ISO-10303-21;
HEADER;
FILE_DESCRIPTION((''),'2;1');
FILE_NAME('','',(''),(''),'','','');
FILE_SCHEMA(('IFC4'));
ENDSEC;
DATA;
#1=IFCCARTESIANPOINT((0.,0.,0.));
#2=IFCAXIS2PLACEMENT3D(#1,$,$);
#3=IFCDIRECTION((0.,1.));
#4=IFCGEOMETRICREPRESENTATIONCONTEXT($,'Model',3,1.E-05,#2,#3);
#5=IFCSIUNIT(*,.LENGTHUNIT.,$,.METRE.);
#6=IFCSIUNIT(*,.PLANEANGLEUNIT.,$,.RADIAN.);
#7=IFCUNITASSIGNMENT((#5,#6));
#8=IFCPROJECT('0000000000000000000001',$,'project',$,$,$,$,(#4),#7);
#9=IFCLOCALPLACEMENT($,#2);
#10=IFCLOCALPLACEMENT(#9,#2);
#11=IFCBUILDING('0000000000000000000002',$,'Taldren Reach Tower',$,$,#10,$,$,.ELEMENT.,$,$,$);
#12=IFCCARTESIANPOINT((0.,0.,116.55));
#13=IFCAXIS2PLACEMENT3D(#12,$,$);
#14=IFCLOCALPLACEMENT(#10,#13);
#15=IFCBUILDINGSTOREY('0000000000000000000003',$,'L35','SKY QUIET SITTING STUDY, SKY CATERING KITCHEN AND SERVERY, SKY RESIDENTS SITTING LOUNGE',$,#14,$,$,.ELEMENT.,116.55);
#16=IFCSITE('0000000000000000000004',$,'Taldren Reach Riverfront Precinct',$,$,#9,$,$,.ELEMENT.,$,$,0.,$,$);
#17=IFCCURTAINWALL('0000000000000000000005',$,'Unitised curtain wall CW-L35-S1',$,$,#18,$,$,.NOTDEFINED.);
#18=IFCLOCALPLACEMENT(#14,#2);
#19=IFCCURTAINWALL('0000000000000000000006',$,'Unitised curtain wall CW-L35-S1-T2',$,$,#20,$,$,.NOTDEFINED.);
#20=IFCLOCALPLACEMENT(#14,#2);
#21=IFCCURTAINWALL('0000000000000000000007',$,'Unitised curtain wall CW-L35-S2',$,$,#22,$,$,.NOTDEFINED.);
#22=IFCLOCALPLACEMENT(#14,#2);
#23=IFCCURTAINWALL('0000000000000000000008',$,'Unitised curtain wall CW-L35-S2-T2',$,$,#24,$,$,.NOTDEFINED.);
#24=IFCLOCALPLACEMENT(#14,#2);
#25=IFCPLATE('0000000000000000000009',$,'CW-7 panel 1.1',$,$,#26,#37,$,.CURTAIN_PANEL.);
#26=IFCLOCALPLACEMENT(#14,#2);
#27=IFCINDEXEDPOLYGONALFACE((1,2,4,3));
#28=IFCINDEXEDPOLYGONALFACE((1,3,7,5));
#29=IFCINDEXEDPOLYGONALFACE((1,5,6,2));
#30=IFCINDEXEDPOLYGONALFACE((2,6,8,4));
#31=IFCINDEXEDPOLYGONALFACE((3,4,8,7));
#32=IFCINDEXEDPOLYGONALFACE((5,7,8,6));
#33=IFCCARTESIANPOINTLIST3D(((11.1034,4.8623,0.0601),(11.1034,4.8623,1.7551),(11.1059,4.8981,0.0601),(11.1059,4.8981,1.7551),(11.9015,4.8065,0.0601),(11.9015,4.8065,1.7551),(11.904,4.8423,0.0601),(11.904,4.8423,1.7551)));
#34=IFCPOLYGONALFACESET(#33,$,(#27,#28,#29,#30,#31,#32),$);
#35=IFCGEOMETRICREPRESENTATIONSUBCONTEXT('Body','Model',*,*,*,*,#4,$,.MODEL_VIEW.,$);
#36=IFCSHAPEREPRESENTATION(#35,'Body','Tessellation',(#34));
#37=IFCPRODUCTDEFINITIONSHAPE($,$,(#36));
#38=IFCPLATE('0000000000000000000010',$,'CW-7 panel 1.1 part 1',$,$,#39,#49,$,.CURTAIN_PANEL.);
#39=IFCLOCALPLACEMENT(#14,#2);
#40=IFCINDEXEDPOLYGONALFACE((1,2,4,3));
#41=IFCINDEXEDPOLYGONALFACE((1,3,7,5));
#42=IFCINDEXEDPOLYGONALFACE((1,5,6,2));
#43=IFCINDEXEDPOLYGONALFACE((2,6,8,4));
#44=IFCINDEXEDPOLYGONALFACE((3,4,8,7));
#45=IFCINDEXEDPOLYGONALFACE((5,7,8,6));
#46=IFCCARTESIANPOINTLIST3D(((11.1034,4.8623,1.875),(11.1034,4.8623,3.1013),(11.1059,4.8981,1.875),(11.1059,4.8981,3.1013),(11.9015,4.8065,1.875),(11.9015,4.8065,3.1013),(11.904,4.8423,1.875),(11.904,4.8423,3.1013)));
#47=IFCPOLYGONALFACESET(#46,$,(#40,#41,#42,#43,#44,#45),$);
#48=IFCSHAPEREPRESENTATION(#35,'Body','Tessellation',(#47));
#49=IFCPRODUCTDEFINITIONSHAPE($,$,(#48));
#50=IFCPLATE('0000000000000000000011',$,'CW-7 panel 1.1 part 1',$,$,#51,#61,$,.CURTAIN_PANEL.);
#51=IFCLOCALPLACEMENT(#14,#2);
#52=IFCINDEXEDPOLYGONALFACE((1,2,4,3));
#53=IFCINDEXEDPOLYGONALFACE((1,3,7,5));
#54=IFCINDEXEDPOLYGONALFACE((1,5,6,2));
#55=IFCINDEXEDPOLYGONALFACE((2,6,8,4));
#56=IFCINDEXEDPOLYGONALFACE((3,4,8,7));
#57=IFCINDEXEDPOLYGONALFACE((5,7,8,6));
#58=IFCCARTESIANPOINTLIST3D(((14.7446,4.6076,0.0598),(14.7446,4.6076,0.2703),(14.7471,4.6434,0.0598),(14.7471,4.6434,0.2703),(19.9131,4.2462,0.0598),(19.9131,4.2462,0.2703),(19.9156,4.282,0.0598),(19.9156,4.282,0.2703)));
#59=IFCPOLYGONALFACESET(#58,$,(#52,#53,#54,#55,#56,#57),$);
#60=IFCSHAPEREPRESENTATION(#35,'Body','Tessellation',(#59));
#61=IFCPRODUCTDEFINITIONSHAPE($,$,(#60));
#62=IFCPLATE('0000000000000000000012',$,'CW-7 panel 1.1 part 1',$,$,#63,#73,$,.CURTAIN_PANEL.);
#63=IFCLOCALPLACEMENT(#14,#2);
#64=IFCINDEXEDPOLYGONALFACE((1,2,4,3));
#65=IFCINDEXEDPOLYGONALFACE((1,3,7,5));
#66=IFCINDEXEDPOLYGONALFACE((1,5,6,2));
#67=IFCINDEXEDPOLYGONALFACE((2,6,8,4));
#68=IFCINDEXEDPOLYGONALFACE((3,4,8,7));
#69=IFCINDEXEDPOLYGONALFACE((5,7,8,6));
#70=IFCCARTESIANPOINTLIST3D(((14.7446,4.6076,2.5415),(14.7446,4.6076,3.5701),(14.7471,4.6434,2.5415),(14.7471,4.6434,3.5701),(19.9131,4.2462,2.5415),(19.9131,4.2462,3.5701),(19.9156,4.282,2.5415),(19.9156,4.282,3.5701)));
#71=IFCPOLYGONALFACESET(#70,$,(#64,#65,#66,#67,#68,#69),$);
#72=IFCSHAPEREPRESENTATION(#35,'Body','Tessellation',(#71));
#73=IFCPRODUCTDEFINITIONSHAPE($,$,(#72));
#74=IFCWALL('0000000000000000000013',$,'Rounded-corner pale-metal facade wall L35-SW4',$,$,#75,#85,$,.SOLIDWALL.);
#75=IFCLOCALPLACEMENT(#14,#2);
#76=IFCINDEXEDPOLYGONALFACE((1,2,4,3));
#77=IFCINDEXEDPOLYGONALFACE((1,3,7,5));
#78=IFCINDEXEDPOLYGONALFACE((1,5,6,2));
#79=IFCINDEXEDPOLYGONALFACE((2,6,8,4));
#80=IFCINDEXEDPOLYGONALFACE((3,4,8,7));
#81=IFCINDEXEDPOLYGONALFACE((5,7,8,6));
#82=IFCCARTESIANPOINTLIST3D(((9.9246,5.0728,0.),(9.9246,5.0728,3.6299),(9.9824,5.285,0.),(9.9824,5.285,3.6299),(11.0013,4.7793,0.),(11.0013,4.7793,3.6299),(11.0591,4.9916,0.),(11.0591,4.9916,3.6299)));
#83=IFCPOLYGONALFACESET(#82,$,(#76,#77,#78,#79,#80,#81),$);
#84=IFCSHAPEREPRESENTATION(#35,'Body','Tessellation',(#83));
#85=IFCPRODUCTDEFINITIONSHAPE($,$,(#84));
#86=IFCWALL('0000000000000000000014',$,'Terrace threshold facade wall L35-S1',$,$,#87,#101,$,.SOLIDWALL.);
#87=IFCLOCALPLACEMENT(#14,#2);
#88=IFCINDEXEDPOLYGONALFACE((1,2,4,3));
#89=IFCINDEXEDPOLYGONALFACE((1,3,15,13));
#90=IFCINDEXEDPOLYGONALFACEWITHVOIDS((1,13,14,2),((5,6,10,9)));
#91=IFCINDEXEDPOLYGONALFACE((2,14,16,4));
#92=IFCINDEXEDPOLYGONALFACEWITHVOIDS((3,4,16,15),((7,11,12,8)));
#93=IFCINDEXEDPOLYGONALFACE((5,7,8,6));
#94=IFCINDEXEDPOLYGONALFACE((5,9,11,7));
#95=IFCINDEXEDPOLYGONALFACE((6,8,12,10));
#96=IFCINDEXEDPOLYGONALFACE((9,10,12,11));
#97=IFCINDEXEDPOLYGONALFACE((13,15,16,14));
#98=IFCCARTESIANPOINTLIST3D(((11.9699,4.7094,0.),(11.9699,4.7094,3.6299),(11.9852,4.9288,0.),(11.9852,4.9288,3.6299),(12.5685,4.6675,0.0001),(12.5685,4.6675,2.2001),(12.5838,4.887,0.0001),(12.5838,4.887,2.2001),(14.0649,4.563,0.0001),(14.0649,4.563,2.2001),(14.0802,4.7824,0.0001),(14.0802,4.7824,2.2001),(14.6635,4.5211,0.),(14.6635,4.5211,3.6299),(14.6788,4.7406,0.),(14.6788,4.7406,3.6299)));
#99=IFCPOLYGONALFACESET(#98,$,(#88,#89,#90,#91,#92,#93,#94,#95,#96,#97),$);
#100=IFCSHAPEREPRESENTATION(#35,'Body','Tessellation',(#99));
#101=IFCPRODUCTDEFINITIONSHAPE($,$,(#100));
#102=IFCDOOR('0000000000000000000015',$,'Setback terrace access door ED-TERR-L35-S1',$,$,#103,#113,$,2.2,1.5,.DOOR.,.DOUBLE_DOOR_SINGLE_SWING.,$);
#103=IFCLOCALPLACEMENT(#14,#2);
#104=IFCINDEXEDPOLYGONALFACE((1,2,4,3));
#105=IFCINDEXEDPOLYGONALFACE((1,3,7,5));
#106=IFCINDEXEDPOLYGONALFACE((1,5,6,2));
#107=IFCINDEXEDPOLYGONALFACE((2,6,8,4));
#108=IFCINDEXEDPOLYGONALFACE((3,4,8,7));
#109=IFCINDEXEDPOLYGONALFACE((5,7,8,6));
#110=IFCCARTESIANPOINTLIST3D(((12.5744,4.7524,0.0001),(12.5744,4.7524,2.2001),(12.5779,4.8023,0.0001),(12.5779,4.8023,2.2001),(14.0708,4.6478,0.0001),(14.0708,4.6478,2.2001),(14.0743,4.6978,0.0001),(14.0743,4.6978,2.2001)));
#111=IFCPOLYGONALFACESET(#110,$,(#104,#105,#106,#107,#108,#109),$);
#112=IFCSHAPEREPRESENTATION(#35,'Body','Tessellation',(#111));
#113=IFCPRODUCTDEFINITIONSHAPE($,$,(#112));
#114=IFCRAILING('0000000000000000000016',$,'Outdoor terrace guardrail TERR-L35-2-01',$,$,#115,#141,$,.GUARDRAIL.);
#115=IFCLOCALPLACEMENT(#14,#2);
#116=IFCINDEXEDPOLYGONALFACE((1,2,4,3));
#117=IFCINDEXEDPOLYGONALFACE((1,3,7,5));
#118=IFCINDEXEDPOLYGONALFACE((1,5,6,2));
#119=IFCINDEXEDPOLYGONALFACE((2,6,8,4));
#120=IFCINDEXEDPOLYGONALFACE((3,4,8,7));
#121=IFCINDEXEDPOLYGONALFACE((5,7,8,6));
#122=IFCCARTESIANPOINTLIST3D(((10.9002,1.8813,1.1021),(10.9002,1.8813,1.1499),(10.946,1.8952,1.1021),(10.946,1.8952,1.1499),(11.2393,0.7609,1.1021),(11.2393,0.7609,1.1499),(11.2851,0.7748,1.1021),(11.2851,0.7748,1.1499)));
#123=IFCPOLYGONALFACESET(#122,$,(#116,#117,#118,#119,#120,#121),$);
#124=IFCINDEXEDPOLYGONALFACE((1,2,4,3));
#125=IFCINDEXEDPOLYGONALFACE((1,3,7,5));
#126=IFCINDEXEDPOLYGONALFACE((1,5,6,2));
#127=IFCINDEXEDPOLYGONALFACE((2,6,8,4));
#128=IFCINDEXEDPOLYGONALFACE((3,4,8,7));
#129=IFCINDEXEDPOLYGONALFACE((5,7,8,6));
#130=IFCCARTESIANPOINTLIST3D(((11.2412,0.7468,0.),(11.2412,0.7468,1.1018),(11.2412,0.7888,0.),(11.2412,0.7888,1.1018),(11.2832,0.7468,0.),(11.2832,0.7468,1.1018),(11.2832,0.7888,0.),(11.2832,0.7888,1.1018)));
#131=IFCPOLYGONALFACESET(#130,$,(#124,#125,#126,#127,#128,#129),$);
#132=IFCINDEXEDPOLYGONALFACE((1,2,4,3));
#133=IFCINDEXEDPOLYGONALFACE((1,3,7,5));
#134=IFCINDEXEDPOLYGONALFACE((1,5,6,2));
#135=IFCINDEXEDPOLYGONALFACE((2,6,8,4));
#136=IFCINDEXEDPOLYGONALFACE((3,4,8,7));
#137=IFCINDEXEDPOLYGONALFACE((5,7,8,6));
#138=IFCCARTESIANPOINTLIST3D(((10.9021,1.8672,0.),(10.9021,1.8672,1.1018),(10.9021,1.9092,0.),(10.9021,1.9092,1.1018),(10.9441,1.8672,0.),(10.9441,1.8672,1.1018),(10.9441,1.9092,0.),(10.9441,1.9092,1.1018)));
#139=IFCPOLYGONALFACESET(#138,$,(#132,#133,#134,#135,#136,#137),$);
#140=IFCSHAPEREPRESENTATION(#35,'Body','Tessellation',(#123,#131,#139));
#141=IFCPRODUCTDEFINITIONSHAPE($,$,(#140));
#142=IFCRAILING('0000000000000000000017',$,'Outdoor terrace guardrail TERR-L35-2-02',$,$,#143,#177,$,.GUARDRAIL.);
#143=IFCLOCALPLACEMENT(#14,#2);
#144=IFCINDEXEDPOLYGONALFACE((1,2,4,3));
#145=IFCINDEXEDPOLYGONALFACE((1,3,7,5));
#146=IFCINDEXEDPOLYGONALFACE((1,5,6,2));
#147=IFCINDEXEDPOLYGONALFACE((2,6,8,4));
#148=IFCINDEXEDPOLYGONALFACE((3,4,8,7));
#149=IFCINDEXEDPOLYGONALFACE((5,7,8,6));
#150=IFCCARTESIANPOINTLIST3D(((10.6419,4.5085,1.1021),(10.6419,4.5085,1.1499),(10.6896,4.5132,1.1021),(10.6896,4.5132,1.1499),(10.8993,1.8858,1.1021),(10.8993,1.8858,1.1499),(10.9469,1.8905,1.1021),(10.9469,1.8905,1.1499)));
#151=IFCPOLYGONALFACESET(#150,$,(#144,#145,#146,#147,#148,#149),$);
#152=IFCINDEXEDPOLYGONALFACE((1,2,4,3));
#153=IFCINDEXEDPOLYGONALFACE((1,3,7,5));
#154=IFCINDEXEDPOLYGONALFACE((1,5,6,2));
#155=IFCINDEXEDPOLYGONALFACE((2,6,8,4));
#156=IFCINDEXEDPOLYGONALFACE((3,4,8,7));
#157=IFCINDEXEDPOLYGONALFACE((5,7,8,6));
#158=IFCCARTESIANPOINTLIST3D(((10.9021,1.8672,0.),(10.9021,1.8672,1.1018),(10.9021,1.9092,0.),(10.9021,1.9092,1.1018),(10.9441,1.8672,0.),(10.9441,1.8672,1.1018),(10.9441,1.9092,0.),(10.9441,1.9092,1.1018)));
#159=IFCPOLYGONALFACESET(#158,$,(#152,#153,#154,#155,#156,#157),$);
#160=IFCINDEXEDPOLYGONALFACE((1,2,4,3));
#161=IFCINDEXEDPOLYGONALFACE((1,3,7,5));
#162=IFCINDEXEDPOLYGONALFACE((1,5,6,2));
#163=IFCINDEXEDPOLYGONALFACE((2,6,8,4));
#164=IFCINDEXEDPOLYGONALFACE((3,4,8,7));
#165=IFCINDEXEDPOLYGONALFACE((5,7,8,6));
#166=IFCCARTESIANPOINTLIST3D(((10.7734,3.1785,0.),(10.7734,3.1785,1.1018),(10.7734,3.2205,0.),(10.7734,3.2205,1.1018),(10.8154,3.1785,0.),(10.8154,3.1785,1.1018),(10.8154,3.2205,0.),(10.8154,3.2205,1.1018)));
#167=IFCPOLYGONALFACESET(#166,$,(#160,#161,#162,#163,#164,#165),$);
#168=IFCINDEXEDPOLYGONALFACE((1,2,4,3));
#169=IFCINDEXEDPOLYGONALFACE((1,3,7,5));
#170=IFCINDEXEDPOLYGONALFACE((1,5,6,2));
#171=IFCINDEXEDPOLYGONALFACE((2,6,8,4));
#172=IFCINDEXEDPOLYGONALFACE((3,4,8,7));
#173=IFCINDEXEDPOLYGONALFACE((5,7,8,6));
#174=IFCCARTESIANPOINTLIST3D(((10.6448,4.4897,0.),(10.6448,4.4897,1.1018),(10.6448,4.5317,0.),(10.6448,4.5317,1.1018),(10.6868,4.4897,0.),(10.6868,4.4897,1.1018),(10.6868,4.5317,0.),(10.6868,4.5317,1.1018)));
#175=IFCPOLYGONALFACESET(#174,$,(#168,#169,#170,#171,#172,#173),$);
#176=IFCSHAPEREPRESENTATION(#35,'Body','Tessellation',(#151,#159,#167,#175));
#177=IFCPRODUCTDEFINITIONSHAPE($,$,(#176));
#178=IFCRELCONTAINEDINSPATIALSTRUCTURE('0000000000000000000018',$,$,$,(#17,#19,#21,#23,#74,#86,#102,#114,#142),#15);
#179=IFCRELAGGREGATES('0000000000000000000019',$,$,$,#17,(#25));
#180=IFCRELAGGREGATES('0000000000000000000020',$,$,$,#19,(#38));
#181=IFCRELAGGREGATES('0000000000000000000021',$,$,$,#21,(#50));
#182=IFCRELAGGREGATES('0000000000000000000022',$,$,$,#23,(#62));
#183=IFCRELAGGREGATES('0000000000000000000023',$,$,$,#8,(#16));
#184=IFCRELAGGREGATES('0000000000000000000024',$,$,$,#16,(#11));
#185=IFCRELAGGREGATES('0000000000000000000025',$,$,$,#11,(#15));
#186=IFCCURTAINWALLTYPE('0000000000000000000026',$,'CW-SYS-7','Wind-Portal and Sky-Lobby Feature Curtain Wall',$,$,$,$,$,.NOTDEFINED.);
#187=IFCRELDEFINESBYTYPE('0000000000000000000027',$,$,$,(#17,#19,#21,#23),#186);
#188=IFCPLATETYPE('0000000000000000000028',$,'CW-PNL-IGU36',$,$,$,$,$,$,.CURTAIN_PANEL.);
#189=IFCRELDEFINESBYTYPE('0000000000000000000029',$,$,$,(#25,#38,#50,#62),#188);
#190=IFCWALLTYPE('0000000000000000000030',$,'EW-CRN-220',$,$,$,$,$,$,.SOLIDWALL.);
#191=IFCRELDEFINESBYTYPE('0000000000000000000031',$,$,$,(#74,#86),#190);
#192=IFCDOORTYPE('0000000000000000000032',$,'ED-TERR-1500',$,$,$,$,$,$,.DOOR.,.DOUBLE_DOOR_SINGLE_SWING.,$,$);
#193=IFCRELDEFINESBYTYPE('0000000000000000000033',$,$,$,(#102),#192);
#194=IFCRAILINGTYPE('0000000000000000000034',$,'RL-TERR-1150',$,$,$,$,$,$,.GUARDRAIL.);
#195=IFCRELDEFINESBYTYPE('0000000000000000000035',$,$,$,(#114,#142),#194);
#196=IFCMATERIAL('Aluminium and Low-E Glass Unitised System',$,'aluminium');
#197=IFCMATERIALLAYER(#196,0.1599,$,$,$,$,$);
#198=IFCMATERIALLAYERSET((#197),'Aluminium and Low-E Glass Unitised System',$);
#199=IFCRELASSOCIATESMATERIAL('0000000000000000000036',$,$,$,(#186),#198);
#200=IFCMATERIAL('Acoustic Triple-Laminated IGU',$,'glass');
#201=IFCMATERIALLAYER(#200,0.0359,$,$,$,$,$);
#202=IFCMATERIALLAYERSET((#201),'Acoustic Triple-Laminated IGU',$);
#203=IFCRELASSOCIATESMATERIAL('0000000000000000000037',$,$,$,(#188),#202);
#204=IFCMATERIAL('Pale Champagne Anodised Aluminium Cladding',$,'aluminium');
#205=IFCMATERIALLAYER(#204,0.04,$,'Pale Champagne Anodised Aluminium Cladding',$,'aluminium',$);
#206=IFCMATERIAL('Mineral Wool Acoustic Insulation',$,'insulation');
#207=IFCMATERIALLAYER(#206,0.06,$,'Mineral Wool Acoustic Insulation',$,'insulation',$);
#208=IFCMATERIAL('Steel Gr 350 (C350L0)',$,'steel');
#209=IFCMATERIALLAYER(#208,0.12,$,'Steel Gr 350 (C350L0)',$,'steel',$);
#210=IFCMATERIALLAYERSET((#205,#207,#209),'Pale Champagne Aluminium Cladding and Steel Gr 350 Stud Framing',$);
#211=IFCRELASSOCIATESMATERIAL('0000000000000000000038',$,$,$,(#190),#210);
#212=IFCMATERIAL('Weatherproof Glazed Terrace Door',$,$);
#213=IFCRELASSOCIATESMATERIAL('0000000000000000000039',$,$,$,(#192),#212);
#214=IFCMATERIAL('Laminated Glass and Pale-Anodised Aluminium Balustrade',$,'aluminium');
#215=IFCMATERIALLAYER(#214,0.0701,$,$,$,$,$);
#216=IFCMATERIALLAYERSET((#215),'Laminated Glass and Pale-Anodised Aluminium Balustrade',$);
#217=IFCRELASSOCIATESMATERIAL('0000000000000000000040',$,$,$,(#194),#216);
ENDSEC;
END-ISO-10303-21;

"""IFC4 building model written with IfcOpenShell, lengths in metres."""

from ifc_helpers import new_model, si_unit, direction, frame, frame_2d, origin, origin_2d, place, context, subcontext, project, spatial, rectangle, extrude, source, transform, mapped, material, layer, layer_set, type_object, element, fill, aggregate, save


model = new_model("IFC4")

# Units and contexts
model_context = context("Model", 3, precision=1e-05, world=origin(), true_north=direction((0.0, 1.0)))
body_context = subcontext(model_context, "Body", "Model", "MODEL_VIEW")
ifc_project = project(units=[si_unit("LENGTHUNIT", "METRE"), si_unit("PLANEANGLEUNIT", "RADIAN")], contexts=[model_context])

# Site, building, storey
site_placement = place(None, origin())
site = spatial("IfcSite", under=ifc_project, at=site_placement, Name="Taldren Reach Riverfront Precinct", CompositionType="ELEMENT", RefElevation=0.0)
building_placement = place(site_placement, origin())
building = spatial("IfcBuilding", under=site, at=building_placement, Name="Taldren Reach Tower", CompositionType="ELEMENT")
storey_placement = place(building_placement, frame((0.0, 0.0, 116.55)))
storey = spatial("IfcBuildingStorey", under=building, at=storey_placement, Name="L35", Description="SKY QUIET SITTING STUDY, SKY CATERING KITCHEN AND SERVERY, SKY RESIDENTS SITTING LOUNGE", CompositionType="ELEMENT", Elevation=116.55)

# Shared definitions
ifc_material_1 = material(Name="Steel Gr 350 (C350L0)", Category="steel")

# Curtain walls
ifc_material_2 = material(Name="Aluminium and Low-E Glass Unitised System", Category="aluminium")
ifc_layer_1 = layer(ifc_material_2, 0.1599)
ifc_layer_set_1 = layer_set([ifc_layer_1], Name="Aluminium and Low-E Glass Unitised System")
curtain_wall_type = type_object("IfcCurtainWallType", Name="CW-SYS-7", Description="Wind-Portal and Sky-Lobby Feature Curtain Wall", PredefinedType="NOTDEFINED", material=ifc_layer_set_1)
curtain_wall_1_placement = place(storey_placement, origin())
curtain_wall_1 = element("IfcCurtainWall", 1, at=curtain_wall_1_placement, inside=storey, type_object=curtain_wall_type, Name="Unitised curtain wall CW-L35-S1", PredefinedType="NOTDEFINED")
curtain_wall_2_placement = place(storey_placement, origin())
curtain_wall_2 = element("IfcCurtainWall", 2, at=curtain_wall_2_placement, inside=storey, type_object=curtain_wall_type, Name="Unitised curtain wall CW-L35-S1-T2", PredefinedType="NOTDEFINED")

# Curtain walls
curtain_wall_3_placement = place(storey_placement, origin())
curtain_wall_3 = element("IfcCurtainWall", 3, at=curtain_wall_3_placement, inside=storey, type_object=curtain_wall_type, Name="Unitised curtain wall CW-L35-S2", PredefinedType="NOTDEFINED")
curtain_wall_4_placement = place(storey_placement, origin())
curtain_wall_4 = element("IfcCurtainWall", 4, at=curtain_wall_4_placement, inside=storey, type_object=curtain_wall_type, Name="Unitised curtain wall CW-L35-S2-T2", PredefinedType="NOTDEFINED")

# Plates
ifc_material_3 = material(Name="Acoustic Triple-Laminated IGU", Category="glass")
ifc_layer_2 = layer(ifc_material_3, 0.0359)
ifc_layer_set_2 = layer_set([ifc_layer_2], Name="Acoustic Triple-Laminated IGU")
plate_type_1 = type_object("IfcPlateType", Name="CW-PNL-IGU36", PredefinedType="CURTAIN_PANEL", material=ifc_layer_set_2)
shared_shape_1 = source(origin(), body_context, "Body", "SweptSolid", [
    extrude(rectangle(XDim=0.8, YDim=0.0359, at=origin_2d()), origin(), (0.0, 0.0, 1.0), 1.6951),
])
plate_1_placement = place(storey_placement, frame((11.5037, 4.8523, 0.0601), z_axis=(0.0, 0.0, 1.0), x_axis=(0.997564, -0.069758, 0.0)))
plate_1 = element("IfcPlate", 5, at=plate_1_placement, type_object=plate_type_1, Name="CW-7 panel 1.1", PredefinedType="CURTAIN_PANEL", context=body_context, shape_type="MappedRepresentation", body=[
    mapped(shared_shape_1, transform((0.0, 0.0, 0.0), scale=1.0)),
])
aggregate(curtain_wall_1, [plate_1])
shared_shape_2 = source(origin(), body_context, "Body", "SweptSolid", [
    extrude(rectangle(XDim=0.8, YDim=0.0359, at=origin_2d()), origin(), (0.0, 0.0, 1.0), 1.2263),
])
plate_2_placement = place(storey_placement, frame((11.5037, 4.8523, 1.875), z_axis=(0.0, 0.0, 1.0), x_axis=(0.997564, -0.069758, 0.0)))
plate_2 = element("IfcPlate", 6, at=plate_2_placement, type_object=plate_type_1, Name="CW-7 panel 1.1 part 1", PredefinedType="CURTAIN_PANEL", context=body_context, shape_type="MappedRepresentation", body=[
    mapped(shared_shape_2, transform((0.0, 0.0, 0.0), scale=1.0)),
])
aggregate(curtain_wall_2, [plate_2])
shared_shape_3 = source(origin(), body_context, "Body", "SweptSolid", [
    extrude(rectangle(XDim=5.1812, YDim=0.0359, at=origin_2d()), origin(), (0.0, 0.0, 1.0), 0.2104),
])
plate_3_placement = place(storey_placement, frame((17.3301, 4.4448, 0.0598), z_axis=(0.0, 0.0, 1.0), x_axis=(0.997564, -0.069757, 0.0)))
plate_3 = element("IfcPlate", 7, at=plate_3_placement, type_object=plate_type_1, Name="CW-7 panel 1.1 part 1", PredefinedType="CURTAIN_PANEL", context=body_context, shape_type="MappedRepresentation", body=[
    mapped(shared_shape_3, transform((0.0, 0.0, 0.0), scale=1.0)),
])
aggregate(curtain_wall_3, [plate_3])
shared_shape_4 = source(origin(), body_context, "Body", "SweptSolid", [
    extrude(rectangle(XDim=5.1812, YDim=0.0359, at=origin_2d()), origin(), (0.0, 0.0, 1.0), 1.0286),
])
plate_4_placement = place(storey_placement, frame((17.3301, 4.4448, 2.5415), z_axis=(0.0, 0.0, 1.0), x_axis=(0.997564, -0.069757, 0.0)))
plate_4 = element("IfcPlate", 8, at=plate_4_placement, type_object=plate_type_1, Name="CW-7 panel 1.1 part 1", PredefinedType="CURTAIN_PANEL", context=body_context, shape_type="MappedRepresentation", body=[
    mapped(shared_shape_4, transform((0.0, 0.0, 0.0), scale=1.0)),
])
aggregate(curtain_wall_4, [plate_4])

# Wall
ifc_material_4 = material(Name="Pale Champagne Anodised Aluminium Cladding", Category="aluminium")
ifc_layer_3 = layer(ifc_material_4, 0.04, Name="Pale Champagne Anodised Aluminium Cladding", Category="aluminium")
ifc_material_5 = material(Name="Mineral Wool Acoustic Insulation", Category="insulation")
ifc_layer_4 = layer(ifc_material_5, 0.06, Name="Mineral Wool Acoustic Insulation", Category="insulation")
ifc_layer_5 = layer(ifc_material_1, 0.12, Name="Steel Gr 350 (C350L0)", Category="steel")
ifc_layer_set_3 = layer_set([ifc_layer_3, ifc_layer_4, ifc_layer_5], Name="Pale Champagne Aluminium Cladding and Steel Gr 350 Stud Framing")
wall_type = type_object("IfcWallType", Name="EW-CRN-220", PredefinedType="SOLIDWALL", material=ifc_layer_set_3)
shared_shape_5 = source(origin(), body_context, "Body", "SweptSolid", [
    extrude(rectangle(XDim=1.116, YDim=0.22, at=frame_2d((0.5581, 0.0))), origin(), (0.0, 0.0, 1.0), 3.6299),
])
wall_1_placement = place(storey_placement, frame((9.9534, 5.179, 0.0), z_axis=(0.0, 0.0, 1.0), x_axis=(0.964804, -0.262969, 0.0)))
element("IfcWall", 9, at=wall_1_placement, inside=storey, type_object=wall_type, Name="Rounded-corner pale-metal facade wall L35-SW4", PredefinedType="SOLIDWALL", context=body_context, shape_type="MappedRepresentation", body=[
    mapped(shared_shape_5, transform((0.0, 0.0, 0.0), scale=1.0)),
])

# Wall, opening, door
shared_shape_6 = source(origin(), body_context, "Body", "SweptSolid", [
    extrude(rectangle(XDim=2.7002, YDim=0.22, at=frame_2d((1.3501, 0.0))), origin(), (0.0, 0.0, 1.0), 3.6299),
])
wall_2_placement = place(storey_placement, frame((11.9775, 4.8191, 0.0), z_axis=(0.0, 0.0, 1.0), x_axis=(0.997567, -0.069711, 0.0)))
wall_2 = element("IfcWall", 10, at=wall_2_placement, inside=storey, type_object=wall_type, Name="Terrace threshold facade wall L35-S1", PredefinedType="SOLIDWALL", context=body_context, shape_type="MappedRepresentation", body=[
    mapped(shared_shape_6, transform((0.0, 0.0, 0.0), scale=1.0)),
])
shared_shape_7 = source(origin(), body_context, "Body", "SweptSolid", [
    extrude(rectangle(XDim=1.5, YDim=2.2, at=frame_2d((0.75, 1.1001))), frame((0.0, 0.1201, 0.0), z_axis=(0.0, -1.0, 0.0), x_axis=(1.0, 0.0, 0.0)), (0.0, 0.0, 1.0), 0.24),
])
opening_placement = place(wall_2_placement, frame((0.6001, 0.0, 0.0)))
opening = element("IfcOpeningElement", 11, at=opening_placement, cuts=wall_2, PredefinedType="OPENING", context=body_context, shape_type="MappedRepresentation", body=[
    mapped(shared_shape_7, transform((0.0, 0.0, 0.0), scale=1.0)),
])
ifc_material_6 = material(Name="Weatherproof Glazed Terrace Door")
door_type = type_object("IfcDoorType", Name="ED-TERR-1500", OperationType="DOUBLE_DOOR_SINGLE_SWING", PredefinedType="DOOR", material=ifc_material_6)
shared_shape_8 = source(origin(), body_context, "Body", "SweptSolid", [
    extrude(rectangle(XDim=1.5, YDim=2.2, at=frame_2d((0.75, 1.1001))), frame((0.0, 0.0249, 0.0), z_axis=(0.0, -1.0, 0.0), x_axis=(1.0, 0.0, 0.0)), (0.0, 0.0, 1.0), 0.05),
])
door_placement = place(opening_placement, frame((1.5, 0.0, 0.0), z_axis=(0.0, 0.0, 1.0), x_axis=(-1.0, 0.0, 0.0)))
door = element("IfcDoor", 12, at=door_placement, inside=storey, type_object=door_type, Name="Setback terrace access door ED-TERR-L35-S1", OperationType="DOUBLE_DOOR_SINGLE_SWING", OverallHeight=2.2, OverallWidth=1.5, PredefinedType="DOOR", context=body_context, shape_type="MappedRepresentation", body=[
    mapped(shared_shape_8, transform((0.0, 0.0, 0.0), scale=1.0)),
])
fill(opening, door)

# Railings
ifc_material_7 = material(Name="Laminated Glass and Pale-Anodised Aluminium Balustrade", Category="aluminium")
ifc_layer_6 = layer(ifc_material_7, 0.0701)
ifc_layer_set_4 = layer_set([ifc_layer_6], Name="Laminated Glass and Pale-Anodised Aluminium Balustrade")
railing_type = type_object("IfcRailingType", Name="RL-TERR-1150", PredefinedType="GUARDRAIL", material=ifc_layer_set_4)
railing_1_placement = place(storey_placement, frame((11.2622, 0.7678, 0.0)))
element("IfcRailing", 13, at=railing_1_placement, inside=storey, type_object=railing_type, Name="Outdoor terrace guardrail TERR-L35-2-01", PredefinedType="GUARDRAIL", context=body_context, shape_type="SweptSolid", body=[
    extrude(rectangle(XDim=0.0479, YDim=0.0479, at=origin_2d()), frame((0.0, 0.0, 1.126), z_axis=(-0.289701, 0.957117, 0.0), x_axis=(-0.957117, -0.289701, 0.0)), (0.0, 0.0, 1.0), 1.1707),
    extrude(rectangle(XDim=0.042, YDim=0.042, at=origin_2d()), origin(), (0.0, 0.0, 1.0), 1.1018),
    extrude(rectangle(XDim=0.042, YDim=0.042, at=origin_2d()), frame((-0.3391, 1.1204, 0.0)), (0.0, 0.0, 1.0), 1.1018),
])
railing_2_placement = place(storey_placement, frame((10.9231, 1.8882, 0.0)))
element("IfcRailing", 14, at=railing_2_placement, inside=storey, type_object=railing_type, Name="Outdoor terrace guardrail TERR-L35-2-02", PredefinedType="GUARDRAIL", context=body_context, shape_type="SweptSolid", body=[
    extrude(rectangle(XDim=0.0479, YDim=0.0479, at=origin_2d()), frame((0.0, 0.0, 1.126), z_axis=(-0.097651, 0.995221, 0.0), x_axis=(-0.995221, -0.097651, 0.0)), (0.0, 0.0, 1.0), 2.6353),
    extrude(rectangle(XDim=0.042, YDim=0.042, at=origin_2d()), origin(), (0.0, 0.0, 1.0), 1.1018),
    extrude(rectangle(XDim=0.042, YDim=0.042, at=origin_2d()), frame((-0.1287, 1.3113, 0.0)), (0.0, 0.0, 1.0), 1.1018),
    extrude(rectangle(XDim=0.042, YDim=0.042, at=origin_2d()), frame((-0.2573, 2.6226, 0.0)), (0.0, 0.0, 1.0), 1.1018),
])

save(model, "model.ifc")
